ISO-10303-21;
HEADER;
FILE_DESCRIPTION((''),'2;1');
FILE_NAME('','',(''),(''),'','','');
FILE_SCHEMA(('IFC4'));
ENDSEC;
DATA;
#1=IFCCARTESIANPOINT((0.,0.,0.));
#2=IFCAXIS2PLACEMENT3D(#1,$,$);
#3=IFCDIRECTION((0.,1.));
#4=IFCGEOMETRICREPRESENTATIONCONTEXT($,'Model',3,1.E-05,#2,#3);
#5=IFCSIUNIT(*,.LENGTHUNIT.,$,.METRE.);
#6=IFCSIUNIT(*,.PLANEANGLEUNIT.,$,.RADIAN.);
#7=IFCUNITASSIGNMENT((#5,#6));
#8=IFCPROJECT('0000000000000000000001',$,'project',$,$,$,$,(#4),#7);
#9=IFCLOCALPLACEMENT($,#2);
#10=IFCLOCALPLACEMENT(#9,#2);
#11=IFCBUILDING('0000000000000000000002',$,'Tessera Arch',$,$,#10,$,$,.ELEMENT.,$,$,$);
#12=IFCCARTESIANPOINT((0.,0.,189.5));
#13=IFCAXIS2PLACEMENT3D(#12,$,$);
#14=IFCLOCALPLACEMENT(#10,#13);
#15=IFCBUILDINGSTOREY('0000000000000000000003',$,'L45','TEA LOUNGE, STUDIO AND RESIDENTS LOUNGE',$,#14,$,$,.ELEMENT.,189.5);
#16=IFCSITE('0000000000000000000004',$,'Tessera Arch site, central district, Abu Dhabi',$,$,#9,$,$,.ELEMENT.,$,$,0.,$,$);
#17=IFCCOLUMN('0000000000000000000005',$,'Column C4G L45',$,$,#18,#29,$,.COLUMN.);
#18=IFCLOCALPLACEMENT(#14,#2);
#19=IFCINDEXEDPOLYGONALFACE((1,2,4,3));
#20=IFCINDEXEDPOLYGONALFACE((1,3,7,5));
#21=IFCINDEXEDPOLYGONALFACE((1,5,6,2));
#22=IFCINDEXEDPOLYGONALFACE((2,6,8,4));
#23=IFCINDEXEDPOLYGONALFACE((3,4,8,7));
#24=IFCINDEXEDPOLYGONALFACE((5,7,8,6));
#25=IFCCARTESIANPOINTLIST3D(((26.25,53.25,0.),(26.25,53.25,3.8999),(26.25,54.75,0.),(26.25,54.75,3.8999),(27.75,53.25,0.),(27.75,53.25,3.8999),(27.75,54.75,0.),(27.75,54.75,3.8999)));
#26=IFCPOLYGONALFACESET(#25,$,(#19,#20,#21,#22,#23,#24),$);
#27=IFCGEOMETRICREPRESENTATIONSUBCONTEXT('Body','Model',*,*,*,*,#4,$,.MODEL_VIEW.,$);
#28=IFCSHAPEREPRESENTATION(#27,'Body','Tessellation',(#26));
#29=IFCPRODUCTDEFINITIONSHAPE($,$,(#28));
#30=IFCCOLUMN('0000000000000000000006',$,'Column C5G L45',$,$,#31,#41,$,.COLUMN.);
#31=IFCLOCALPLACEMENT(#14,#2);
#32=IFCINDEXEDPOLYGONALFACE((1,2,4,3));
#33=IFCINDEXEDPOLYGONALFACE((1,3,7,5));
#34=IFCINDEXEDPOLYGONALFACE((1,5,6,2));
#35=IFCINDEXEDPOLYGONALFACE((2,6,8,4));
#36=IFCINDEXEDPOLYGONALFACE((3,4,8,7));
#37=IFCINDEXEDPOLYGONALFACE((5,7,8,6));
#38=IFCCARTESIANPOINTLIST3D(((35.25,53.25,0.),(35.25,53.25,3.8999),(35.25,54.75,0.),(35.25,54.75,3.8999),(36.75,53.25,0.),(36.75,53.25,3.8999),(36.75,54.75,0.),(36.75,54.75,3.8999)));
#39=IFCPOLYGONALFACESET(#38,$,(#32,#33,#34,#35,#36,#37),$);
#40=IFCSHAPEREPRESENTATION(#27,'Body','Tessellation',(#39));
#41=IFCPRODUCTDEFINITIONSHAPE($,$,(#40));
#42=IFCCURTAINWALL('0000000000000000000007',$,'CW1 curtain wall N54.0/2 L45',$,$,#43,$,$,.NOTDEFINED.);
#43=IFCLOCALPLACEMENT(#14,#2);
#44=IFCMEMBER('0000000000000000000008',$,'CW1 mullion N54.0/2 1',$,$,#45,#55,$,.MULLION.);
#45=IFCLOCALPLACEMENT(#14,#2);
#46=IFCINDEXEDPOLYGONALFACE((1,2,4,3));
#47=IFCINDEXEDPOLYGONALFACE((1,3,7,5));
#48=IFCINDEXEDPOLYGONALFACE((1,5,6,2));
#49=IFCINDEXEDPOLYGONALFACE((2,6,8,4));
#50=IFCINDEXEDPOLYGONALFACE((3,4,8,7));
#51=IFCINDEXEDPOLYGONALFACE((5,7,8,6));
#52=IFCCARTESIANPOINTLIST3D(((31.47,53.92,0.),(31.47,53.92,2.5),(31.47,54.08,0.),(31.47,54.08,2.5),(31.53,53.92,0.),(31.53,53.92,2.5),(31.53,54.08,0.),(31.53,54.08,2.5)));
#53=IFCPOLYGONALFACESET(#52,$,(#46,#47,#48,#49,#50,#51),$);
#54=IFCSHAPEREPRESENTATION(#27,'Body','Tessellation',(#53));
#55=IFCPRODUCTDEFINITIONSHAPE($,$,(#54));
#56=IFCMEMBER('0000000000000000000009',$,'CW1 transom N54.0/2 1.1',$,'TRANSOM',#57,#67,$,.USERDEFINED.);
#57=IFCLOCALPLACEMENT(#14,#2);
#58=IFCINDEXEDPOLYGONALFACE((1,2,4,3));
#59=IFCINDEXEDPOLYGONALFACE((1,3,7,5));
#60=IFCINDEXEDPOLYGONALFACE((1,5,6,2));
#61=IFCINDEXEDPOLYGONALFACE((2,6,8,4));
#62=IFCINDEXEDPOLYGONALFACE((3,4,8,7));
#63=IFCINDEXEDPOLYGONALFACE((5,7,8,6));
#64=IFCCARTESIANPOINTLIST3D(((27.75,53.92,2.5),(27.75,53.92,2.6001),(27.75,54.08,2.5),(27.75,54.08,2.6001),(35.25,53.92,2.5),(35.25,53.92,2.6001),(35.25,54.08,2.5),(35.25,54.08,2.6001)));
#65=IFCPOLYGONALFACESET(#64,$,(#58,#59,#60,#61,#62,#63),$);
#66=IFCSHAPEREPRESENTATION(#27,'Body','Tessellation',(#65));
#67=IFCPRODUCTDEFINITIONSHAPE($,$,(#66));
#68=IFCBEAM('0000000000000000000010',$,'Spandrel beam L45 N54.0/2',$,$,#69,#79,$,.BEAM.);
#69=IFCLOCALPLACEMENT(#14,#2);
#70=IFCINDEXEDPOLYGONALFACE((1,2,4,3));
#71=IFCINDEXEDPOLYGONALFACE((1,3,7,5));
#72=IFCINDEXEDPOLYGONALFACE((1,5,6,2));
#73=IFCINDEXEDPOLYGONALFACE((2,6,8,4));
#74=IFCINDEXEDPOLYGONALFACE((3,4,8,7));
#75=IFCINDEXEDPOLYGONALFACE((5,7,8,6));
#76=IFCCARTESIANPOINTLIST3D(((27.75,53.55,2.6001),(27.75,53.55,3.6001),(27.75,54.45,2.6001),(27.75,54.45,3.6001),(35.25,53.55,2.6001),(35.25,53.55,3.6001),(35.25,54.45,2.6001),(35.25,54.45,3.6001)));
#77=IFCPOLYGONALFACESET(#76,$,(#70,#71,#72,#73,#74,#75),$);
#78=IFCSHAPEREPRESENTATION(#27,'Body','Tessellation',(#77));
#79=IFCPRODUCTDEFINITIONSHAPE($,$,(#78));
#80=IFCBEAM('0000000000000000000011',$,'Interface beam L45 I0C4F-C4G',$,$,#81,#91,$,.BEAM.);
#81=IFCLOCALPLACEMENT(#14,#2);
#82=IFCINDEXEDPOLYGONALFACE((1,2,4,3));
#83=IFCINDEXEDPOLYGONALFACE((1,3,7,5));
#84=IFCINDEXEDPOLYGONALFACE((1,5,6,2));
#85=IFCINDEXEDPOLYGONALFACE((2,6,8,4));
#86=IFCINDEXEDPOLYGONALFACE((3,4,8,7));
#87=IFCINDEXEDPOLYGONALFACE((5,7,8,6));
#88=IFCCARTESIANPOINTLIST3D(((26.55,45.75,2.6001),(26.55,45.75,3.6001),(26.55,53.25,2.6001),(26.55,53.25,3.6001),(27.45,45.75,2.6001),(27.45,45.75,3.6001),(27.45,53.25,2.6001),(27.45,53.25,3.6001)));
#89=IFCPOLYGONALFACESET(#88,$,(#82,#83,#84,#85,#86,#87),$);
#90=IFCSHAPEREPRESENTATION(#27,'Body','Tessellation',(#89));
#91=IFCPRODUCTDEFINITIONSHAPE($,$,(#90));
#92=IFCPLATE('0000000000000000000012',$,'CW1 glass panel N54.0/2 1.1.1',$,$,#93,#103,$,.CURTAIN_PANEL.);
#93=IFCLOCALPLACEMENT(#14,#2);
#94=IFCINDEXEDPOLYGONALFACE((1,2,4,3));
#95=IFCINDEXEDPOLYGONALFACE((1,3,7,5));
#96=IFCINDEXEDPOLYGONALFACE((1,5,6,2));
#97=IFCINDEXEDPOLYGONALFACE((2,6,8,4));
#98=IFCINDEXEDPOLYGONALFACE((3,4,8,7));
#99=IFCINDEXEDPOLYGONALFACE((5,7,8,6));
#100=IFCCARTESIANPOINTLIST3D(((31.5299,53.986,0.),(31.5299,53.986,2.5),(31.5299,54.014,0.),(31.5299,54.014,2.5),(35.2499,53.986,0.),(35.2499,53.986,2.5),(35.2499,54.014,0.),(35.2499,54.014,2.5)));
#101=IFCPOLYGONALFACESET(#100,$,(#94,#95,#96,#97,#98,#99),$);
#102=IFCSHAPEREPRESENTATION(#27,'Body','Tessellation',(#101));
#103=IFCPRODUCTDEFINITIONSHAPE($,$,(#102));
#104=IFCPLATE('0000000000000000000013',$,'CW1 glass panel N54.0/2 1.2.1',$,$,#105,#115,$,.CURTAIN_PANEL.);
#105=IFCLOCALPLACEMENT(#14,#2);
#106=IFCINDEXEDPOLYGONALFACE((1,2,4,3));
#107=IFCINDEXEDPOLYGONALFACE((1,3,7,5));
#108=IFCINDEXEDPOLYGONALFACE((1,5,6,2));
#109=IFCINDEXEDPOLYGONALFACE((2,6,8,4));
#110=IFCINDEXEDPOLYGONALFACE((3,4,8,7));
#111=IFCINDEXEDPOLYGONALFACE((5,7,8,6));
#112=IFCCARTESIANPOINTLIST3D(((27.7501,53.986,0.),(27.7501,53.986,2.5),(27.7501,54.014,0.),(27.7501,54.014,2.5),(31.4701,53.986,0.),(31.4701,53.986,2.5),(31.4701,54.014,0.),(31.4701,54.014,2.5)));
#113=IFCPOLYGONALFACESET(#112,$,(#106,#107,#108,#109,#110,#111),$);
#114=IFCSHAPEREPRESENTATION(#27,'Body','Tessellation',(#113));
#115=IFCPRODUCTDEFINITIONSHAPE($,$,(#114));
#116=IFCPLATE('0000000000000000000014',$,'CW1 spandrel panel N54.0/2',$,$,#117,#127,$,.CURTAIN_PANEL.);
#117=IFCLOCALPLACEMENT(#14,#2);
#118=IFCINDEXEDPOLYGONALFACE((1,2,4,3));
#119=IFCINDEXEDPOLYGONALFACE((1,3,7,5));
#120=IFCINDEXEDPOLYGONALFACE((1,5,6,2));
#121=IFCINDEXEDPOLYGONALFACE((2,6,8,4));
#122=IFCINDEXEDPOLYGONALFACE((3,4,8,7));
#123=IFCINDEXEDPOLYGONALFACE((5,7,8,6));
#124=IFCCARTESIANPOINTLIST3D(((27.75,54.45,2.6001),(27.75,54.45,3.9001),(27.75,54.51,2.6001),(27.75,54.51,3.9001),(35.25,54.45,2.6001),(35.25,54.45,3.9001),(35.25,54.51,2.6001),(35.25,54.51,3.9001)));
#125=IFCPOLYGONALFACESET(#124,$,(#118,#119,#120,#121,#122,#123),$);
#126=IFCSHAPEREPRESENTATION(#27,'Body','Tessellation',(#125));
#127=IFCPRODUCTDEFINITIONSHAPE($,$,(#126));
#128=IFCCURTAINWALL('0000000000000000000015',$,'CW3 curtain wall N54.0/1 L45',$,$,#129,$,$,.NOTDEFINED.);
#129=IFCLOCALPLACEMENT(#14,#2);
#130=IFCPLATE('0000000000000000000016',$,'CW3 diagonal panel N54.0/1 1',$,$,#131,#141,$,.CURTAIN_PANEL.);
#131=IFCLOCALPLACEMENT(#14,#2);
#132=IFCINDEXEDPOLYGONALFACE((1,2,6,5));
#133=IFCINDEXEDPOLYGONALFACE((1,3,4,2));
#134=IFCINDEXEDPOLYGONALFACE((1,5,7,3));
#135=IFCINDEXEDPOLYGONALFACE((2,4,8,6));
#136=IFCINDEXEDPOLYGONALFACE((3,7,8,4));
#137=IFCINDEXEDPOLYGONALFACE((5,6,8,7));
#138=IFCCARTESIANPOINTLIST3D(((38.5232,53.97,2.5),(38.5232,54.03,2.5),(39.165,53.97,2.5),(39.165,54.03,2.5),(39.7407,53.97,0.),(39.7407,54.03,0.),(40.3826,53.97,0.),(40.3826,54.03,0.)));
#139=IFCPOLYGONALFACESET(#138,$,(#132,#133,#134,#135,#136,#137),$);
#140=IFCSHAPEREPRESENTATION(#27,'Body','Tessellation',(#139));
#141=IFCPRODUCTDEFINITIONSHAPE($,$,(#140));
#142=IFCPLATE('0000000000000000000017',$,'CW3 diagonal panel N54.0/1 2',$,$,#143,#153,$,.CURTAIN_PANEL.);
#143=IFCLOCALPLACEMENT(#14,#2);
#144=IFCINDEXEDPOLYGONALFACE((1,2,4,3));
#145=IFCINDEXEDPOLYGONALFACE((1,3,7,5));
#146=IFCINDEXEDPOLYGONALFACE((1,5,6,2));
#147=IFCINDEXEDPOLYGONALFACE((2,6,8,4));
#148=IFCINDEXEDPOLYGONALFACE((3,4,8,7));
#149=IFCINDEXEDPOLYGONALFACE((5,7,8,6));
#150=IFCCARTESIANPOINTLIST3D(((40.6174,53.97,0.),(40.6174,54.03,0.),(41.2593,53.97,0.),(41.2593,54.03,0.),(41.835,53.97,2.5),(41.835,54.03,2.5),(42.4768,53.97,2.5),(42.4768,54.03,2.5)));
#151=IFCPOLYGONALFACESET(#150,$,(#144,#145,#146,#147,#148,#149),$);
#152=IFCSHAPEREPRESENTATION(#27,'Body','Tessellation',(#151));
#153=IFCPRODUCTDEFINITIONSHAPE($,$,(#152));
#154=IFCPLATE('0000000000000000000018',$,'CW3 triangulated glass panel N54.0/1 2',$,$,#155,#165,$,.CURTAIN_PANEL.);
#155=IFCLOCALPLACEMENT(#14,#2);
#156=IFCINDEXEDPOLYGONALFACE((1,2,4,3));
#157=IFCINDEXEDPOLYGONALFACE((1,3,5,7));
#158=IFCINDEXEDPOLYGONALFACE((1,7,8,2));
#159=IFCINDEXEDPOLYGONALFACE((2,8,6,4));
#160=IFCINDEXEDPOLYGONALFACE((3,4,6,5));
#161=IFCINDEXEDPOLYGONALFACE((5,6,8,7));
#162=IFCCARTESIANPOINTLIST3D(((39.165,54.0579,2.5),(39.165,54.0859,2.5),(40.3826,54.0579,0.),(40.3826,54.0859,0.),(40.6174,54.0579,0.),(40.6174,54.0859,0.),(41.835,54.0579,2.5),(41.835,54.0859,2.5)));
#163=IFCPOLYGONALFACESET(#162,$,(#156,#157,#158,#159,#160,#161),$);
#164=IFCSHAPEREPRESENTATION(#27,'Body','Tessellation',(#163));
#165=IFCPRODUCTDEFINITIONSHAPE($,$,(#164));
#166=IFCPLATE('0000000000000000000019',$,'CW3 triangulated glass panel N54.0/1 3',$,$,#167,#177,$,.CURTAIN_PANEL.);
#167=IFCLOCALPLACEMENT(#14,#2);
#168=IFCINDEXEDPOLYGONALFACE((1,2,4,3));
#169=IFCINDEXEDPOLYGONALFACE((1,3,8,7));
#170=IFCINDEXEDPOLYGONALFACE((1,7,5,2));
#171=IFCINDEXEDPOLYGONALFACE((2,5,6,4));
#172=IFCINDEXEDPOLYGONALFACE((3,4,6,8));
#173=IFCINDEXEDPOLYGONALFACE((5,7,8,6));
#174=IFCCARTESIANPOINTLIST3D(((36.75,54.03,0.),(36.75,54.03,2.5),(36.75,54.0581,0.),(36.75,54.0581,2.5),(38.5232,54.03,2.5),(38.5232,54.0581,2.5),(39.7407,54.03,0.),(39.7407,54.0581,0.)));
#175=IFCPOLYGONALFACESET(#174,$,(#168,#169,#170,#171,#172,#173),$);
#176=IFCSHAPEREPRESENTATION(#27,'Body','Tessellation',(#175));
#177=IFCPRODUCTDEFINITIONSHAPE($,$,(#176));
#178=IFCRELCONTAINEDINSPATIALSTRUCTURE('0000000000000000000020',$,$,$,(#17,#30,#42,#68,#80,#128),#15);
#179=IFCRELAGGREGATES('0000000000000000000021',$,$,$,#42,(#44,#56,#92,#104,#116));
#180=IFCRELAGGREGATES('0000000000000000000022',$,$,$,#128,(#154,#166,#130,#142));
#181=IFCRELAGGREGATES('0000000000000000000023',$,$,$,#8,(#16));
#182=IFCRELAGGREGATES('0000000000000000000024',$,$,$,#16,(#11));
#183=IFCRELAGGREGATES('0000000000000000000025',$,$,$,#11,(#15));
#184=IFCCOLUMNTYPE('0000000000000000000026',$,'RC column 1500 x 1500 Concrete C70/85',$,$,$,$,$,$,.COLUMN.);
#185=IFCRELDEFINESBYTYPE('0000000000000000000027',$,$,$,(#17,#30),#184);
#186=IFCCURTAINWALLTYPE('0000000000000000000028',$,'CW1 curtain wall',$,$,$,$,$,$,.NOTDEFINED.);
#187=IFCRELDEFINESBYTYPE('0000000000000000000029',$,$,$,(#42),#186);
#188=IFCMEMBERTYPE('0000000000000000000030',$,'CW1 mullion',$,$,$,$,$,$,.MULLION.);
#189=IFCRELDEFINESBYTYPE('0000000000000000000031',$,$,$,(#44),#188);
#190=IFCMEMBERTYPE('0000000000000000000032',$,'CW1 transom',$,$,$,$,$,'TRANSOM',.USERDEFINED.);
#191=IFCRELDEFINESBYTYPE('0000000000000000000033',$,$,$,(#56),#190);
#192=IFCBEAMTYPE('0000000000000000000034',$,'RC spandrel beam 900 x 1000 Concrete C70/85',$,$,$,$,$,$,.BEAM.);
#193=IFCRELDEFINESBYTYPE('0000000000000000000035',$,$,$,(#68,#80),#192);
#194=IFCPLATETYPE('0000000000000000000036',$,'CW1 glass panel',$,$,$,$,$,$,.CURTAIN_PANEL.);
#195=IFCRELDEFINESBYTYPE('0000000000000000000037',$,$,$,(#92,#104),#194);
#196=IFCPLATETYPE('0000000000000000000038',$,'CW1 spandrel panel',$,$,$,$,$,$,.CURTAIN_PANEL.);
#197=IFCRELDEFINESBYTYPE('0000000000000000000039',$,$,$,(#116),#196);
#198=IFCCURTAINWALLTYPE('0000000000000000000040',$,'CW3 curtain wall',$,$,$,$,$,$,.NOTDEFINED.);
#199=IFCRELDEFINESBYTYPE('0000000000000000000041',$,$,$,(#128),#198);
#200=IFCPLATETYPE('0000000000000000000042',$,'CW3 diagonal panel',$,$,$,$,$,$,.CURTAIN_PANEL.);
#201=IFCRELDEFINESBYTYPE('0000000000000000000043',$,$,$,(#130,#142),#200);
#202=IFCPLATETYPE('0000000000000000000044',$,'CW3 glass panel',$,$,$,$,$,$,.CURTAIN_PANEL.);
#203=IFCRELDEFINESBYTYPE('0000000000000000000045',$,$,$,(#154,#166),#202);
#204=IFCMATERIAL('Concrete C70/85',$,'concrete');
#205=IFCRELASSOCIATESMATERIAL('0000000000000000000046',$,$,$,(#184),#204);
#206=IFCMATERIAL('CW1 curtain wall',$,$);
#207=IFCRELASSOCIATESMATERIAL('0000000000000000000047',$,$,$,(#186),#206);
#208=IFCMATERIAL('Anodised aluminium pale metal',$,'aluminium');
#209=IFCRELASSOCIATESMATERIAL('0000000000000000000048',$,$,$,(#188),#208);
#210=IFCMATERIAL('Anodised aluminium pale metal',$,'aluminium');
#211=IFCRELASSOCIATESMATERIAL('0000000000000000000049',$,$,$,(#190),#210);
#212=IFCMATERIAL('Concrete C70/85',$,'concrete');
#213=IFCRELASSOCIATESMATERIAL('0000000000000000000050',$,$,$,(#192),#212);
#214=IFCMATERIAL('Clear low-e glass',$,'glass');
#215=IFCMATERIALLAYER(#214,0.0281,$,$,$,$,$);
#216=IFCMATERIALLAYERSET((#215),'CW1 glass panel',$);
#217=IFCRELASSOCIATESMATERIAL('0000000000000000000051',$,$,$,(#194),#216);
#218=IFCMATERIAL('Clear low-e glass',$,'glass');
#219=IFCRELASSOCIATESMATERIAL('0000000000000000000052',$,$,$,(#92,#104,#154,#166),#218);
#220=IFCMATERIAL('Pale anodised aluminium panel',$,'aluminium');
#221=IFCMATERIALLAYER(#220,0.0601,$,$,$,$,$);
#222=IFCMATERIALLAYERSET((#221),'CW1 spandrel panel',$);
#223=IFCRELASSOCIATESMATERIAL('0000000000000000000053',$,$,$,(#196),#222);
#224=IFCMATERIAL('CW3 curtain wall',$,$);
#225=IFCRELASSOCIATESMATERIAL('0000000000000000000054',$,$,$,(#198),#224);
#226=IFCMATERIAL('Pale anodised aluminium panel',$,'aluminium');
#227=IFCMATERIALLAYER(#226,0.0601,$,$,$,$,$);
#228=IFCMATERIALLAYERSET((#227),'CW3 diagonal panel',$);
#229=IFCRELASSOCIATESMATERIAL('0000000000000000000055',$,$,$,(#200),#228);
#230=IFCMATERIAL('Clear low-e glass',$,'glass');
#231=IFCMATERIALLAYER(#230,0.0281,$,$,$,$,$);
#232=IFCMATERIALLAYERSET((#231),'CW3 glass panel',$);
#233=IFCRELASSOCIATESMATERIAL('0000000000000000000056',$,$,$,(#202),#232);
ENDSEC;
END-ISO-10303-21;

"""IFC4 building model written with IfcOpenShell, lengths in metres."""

from ifc_helpers import new_model, si_unit, direction, frame, origin, origin_2d, place, context, subcontext, project, spatial, polyline, rectangle, outline, extrude, material, layer, layer_set, material_profile, profile_set, type_object, element, aggregate, save


model = new_model("IFC4")

# Units and contexts
model_context = context("Model", 3, precision=1e-05, world=origin(), true_north=direction((0.0, 1.0)))
body_context = subcontext(model_context, "Body", "Model", "MODEL_VIEW")
ifc_project = project(units=[si_unit("LENGTHUNIT", "METRE"), si_unit("PLANEANGLEUNIT", "RADIAN")], contexts=[model_context])

# Site, building, storey
site_placement = place(None, origin())
site = spatial("IfcSite", under=ifc_project, at=site_placement, Name="Tessera Arch site, central district, Abu Dhabi", CompositionType="ELEMENT", RefElevation=0.0)
building_placement = place(site_placement, origin())
building = spatial("IfcBuilding", under=site, at=building_placement, Name="Tessera Arch", CompositionType="ELEMENT")
storey_placement = place(building_placement, frame((0.0, 0.0, 189.5)))
storey = spatial("IfcBuildingStorey", under=building, at=storey_placement, Name="L45", Description="TEA LOUNGE, STUDIO AND RESIDENTS LOUNGE", CompositionType="ELEMENT", Elevation=189.5)

# Columns
ifc_material_1 = material(Name="Concrete C70/85", Category="concrete")
ifc_material_profile_1 = material_profile(ifc_material_1, rectangle(XDim=1.5, YDim=1.5, at=origin_2d()), Name="RC column 1500 x 1500 Concrete C70/85")
ifc_profile_set_1 = profile_set([ifc_material_profile_1], Name="Concrete C70/85")
column_type = type_object("IfcColumnType", Name="RC column 1500 x 1500 Concrete C70/85", PredefinedType="COLUMN", material=ifc_profile_set_1)
for number, where, z_axis, x_axis, name in (
    (1, (27.0, 54.0, 0.0), (0.0, 0.0, 1.0), (1.0, 0.0, 0.0), "Column C4G L45"),
    (2, (36.0, 54.0, 0.0), (0.0, 0.0, 1.0), (1.0, 0.0, 0.0), "Column C5G L45"),
):
    element("IfcColumn", number, at=place(storey_placement, frame(where, z_axis=z_axis, x_axis=x_axis)), inside=storey, type_object=column_type, Name=name, PredefinedType="COLUMN", context=body_context, shape_type="SweptSolid", body=[
        extrude(rectangle(XDim=1.5, YDim=1.5, at=origin_2d()), origin(), (0.0, 0.0, 1.0), 3.8999),
    ])

# Curtain wall, members
ifc_material_2 = material(Name="CW1 curtain wall")
curtain_wall_type_1 = type_object("IfcCurtainWallType", Name="CW1 curtain wall", PredefinedType="NOTDEFINED", material=ifc_material_2)
curtain_wall_1_placement = place(storey_placement, origin())
curtain_wall_1 = element("IfcCurtainWall", 3, at=curtain_wall_1_placement, inside=storey, type_object=curtain_wall_type_1, Name="CW1 curtain wall N54.0/2 L45", PredefinedType="NOTDEFINED")
ifc_material_3 = material(Name="Anodised aluminium pale metal", Category="aluminium")
ifc_material_profile_2 = material_profile(ifc_material_3, rectangle(XDim=0.1599, YDim=0.0601, at=origin_2d()), Name="AL 60x160")
ifc_profile_set_2 = profile_set([ifc_material_profile_2], Name="Anodised aluminium pale metal")
member_type_1 = type_object("IfcMemberType", Name="CW1 mullion", PredefinedType="MULLION", material=ifc_profile_set_2)
member_1_placement = place(storey_placement, frame((31.5, 54.0, 0.0), z_axis=(0.0, 0.0, 1.0), x_axis=(0.0, -1.0, 0.0)))
member_1 = element("IfcMember", 4, at=member_1_placement, type_object=member_type_1, Name="CW1 mullion N54.0/2 1", PredefinedType="MULLION", context=body_context, shape_type="SweptSolid", body=[
    extrude(rectangle(XDim=0.1599, YDim=0.0601, at=origin_2d()), origin(), (0.0, 0.0, 1.0), 2.5),
])
ifc_material_4 = material(Name="Anodised aluminium pale metal", Category="aluminium")
ifc_material_profile_3 = material_profile(ifc_material_4, rectangle(XDim=0.1599, YDim=0.1001, at=origin_2d()), Name="AL 160x100")
ifc_profile_set_3 = profile_set([ifc_material_profile_3], Name="Anodised aluminium pale metal")
member_type_2 = type_object("IfcMemberType", Name="CW1 transom", ElementType="TRANSOM", PredefinedType="USERDEFINED", material=ifc_profile_set_3)
member_2_placement = place(storey_placement, frame((35.25, 54.0, 2.55), z_axis=(-1.0, 0.0, 0.0), x_axis=(0.0, -1.0, 0.0)))
member_2 = element("IfcMember", 5, at=member_2_placement, type_object=member_type_2, Name="CW1 transom N54.0/2 1.1", ObjectType="TRANSOM", PredefinedType="USERDEFINED", context=body_context, shape_type="SweptSolid", body=[
    extrude(rectangle(XDim=0.1599, YDim=0.1001, at=origin_2d()), origin(), (0.0, 0.0, 1.0), 7.5),
])

# Beams
ifc_material_5 = material(Name="Concrete C70/85", Category="concrete")
ifc_material_profile_4 = material_profile(ifc_material_5, rectangle(XDim=0.8999, YDim=1.0, at=origin_2d()), Name="RC spandrel beam 900 x 1000 Concrete C70/85")
ifc_profile_set_4 = profile_set([ifc_material_profile_4], Name="Concrete C70/85")
beam_type = type_object("IfcBeamType", Name="RC spandrel beam 900 x 1000 Concrete C70/85", PredefinedType="BEAM", material=ifc_profile_set_4)
for number, where, z_axis, x_axis, name in (
    (6, (35.25, 54.0, 3.1001), (-1.0, 0.0, 0.0), (0.0, -1.0, 0.0), "Spandrel beam L45 N54.0/2"),
    (7, (27.0, 45.75, 3.1001), (0.0, 1.0, 0.0), (-1.0, 0.0, 0.0), "Interface beam L45 I0C4F-C4G"),
):
    element("IfcBeam", number, at=place(storey_placement, frame(where, z_axis=z_axis, x_axis=x_axis)), inside=storey, type_object=beam_type, Name=name, PredefinedType="BEAM", context=body_context, shape_type="SweptSolid", body=[
        extrude(rectangle(XDim=0.8999, YDim=1.0, at=origin_2d()), origin(), (0.0, 0.0, 1.0), 7.5),
    ])

# Plates
ifc_material_6 = material(Name="Clear low-e glass", Category="glass")
ifc_material_7 = material(Name="Clear low-e glass", Category="glass")
ifc_layer_1 = layer(ifc_material_7, 0.0281)
ifc_layer_set_1 = layer_set([ifc_layer_1], Name="CW1 glass panel")
plate_type_1 = type_object("IfcPlateType", Name="CW1 glass panel", PredefinedType="CURTAIN_PANEL", material=ifc_layer_set_1)
plate_1_placement = place(storey_placement, frame((33.3899, 54.0, 0.0), z_axis=(0.0, 0.0, 1.0), x_axis=(-1.0, 0.0, 0.0)))
plate_1 = element("IfcPlate", 8, at=plate_1_placement, type_object=plate_type_1, material=ifc_material_6, Name="CW1 glass panel N54.0/2 1.1.1", PredefinedType="CURTAIN_PANEL", context=body_context, shape_type="SweptSolid", body=[
    extrude(rectangle(XDim=3.72, YDim=0.0281, at=origin_2d()), origin(), (0.0, 0.0, 1.0), 2.5),
])
plate_2_placement = place(storey_placement, frame((29.6101, 54.0, 0.0), z_axis=(0.0, 0.0, 1.0), x_axis=(-1.0, 0.0, 0.0)))
plate_2 = element("IfcPlate", 9, at=plate_2_placement, type_object=plate_type_1, material=ifc_material_6, Name="CW1 glass panel N54.0/2 1.2.1", PredefinedType="CURTAIN_PANEL", context=body_context, shape_type="SweptSolid", body=[
    extrude(rectangle(XDim=3.72, YDim=0.0281, at=origin_2d()), origin(), (0.0, 0.0, 1.0), 2.5),
])
ifc_material_8 = material(Name="Pale anodised aluminium panel", Category="aluminium")
ifc_layer_2 = layer(ifc_material_8, 0.0601)
ifc_layer_set_2 = layer_set([ifc_layer_2], Name="CW1 spandrel panel")
plate_type_2 = type_object("IfcPlateType", Name="CW1 spandrel panel", PredefinedType="CURTAIN_PANEL", material=ifc_layer_set_2)
plate_3_placement = place(storey_placement, frame((31.5, 54.48, 2.6001), z_axis=(0.0, 0.0, 1.0), x_axis=(-1.0, 0.0, 0.0)))
plate_3 = element("IfcPlate", 10, at=plate_3_placement, type_object=plate_type_2, Name="CW1 spandrel panel N54.0/2", PredefinedType="CURTAIN_PANEL", context=body_context, shape_type="SweptSolid", body=[
    extrude(rectangle(XDim=7.5, YDim=0.0601, at=origin_2d()), origin(), (0.0, 0.0, 1.0), 1.3),
])
aggregate(curtain_wall_1, [member_1, member_2, plate_1, plate_2, plate_3])

# Curtain wall, plates
ifc_material_9 = material(Name="CW3 curtain wall")
curtain_wall_type_2 = type_object("IfcCurtainWallType", Name="CW3 curtain wall", PredefinedType="NOTDEFINED", material=ifc_material_9)
curtain_wall_2_placement = place(storey_placement, origin())
curtain_wall_2 = element("IfcCurtainWall", 11, at=curtain_wall_2_placement, inside=storey, type_object=curtain_wall_type_2, Name="CW3 curtain wall N54.0/1 L45", PredefinedType="NOTDEFINED")
ifc_material_10 = material(Name="Pale anodised aluminium panel", Category="aluminium")
ifc_layer_3 = layer(ifc_material_10, 0.0601)
ifc_layer_set_3 = layer_set([ifc_layer_3], Name="CW3 diagonal panel")
plate_type_3 = type_object("IfcPlateType", Name="CW3 diagonal panel", PredefinedType="CURTAIN_PANEL", material=ifc_layer_set_3)
plate_4_placement = place(storey_placement, frame((38.5232, 54.03, 2.5), z_axis=(0.0, 1.0, 0.0), x_axis=(1.0, 0.0, 0.0)))
plate_4 = element("IfcPlate", 12, at=plate_4_placement, type_object=plate_type_3, Name="CW3 diagonal panel N54.0/1 1", PredefinedType="CURTAIN_PANEL", context=body_context, shape_type="SweptSolid", body=[
    extrude(outline(polyline([(0.0, 0.0), (0.6418, 0.0), (1.8594, 2.5), (1.2175, 2.5), (0.0, 0.0)])), origin(), (0.0, 0.0, -1.0), 0.0601),
])
plate_5_placement = place(storey_placement, frame((41.835, 54.03, 2.5), z_axis=(0.0, 1.0, 0.0), x_axis=(1.0, 0.0, 0.0)))
plate_5 = element("IfcPlate", 13, at=plate_5_placement, type_object=plate_type_3, Name="CW3 diagonal panel N54.0/1 2", PredefinedType="CURTAIN_PANEL", context=body_context, shape_type="SweptSolid", body=[
    extrude(outline(polyline([(0.0, 0.0), (0.6418, 0.0), (-0.5757, 2.5), (-1.2175, 2.5), (0.0, 0.0)])), origin(), (0.0, 0.0, -1.0), 0.0601),
])
ifc_material_11 = material(Name="Clear low-e glass", Category="glass")
ifc_layer_4 = layer(ifc_material_11, 0.0281)
ifc_layer_set_4 = layer_set([ifc_layer_4], Name="CW3 glass panel")
plate_type_4 = type_object("IfcPlateType", Name="CW3 glass panel", PredefinedType="CURTAIN_PANEL", material=ifc_layer_set_4)
plate_6_placement = place(storey_placement, frame((39.165, 54.0859, 2.5), z_axis=(0.0, 1.0, 0.0), x_axis=(1.0, 0.0, 0.0)))
plate_6 = element("IfcPlate", 14, at=plate_6_placement, type_object=plate_type_4, material=ifc_material_6, Name="CW3 triangulated glass panel N54.0/1 2", PredefinedType="CURTAIN_PANEL", context=body_context, shape_type="SweptSolid", body=[
    extrude(outline(polyline([(0.0, 0.0), (2.6699, 0.0), (1.4524, 2.5), (1.2175, 2.5), (0.0, 0.0)])), origin(), (0.0, 0.0, -1.0), 0.0281),
])
plate_7_placement = place(storey_placement, frame((36.75, 54.0581, 2.5), z_axis=(0.0, 1.0, 0.0), x_axis=(1.0, 0.0, 0.0)))
plate_7 = element("IfcPlate", 15, at=plate_7_placement, type_object=plate_type_4, material=ifc_material_6, Name="CW3 triangulated glass panel N54.0/1 3", PredefinedType="CURTAIN_PANEL", context=body_context, shape_type="SweptSolid", body=[
    extrude(outline(polyline([(0.0, 0.0), (1.7732, 0.0), (2.9907, 2.5), (0.0, 2.5), (0.0, 0.0)])), origin(), (0.0, 0.0, -1.0), 0.0281),
])
aggregate(curtain_wall_2, [plate_6, plate_7, plate_4, plate_5])

save(model, "model.ifc")
